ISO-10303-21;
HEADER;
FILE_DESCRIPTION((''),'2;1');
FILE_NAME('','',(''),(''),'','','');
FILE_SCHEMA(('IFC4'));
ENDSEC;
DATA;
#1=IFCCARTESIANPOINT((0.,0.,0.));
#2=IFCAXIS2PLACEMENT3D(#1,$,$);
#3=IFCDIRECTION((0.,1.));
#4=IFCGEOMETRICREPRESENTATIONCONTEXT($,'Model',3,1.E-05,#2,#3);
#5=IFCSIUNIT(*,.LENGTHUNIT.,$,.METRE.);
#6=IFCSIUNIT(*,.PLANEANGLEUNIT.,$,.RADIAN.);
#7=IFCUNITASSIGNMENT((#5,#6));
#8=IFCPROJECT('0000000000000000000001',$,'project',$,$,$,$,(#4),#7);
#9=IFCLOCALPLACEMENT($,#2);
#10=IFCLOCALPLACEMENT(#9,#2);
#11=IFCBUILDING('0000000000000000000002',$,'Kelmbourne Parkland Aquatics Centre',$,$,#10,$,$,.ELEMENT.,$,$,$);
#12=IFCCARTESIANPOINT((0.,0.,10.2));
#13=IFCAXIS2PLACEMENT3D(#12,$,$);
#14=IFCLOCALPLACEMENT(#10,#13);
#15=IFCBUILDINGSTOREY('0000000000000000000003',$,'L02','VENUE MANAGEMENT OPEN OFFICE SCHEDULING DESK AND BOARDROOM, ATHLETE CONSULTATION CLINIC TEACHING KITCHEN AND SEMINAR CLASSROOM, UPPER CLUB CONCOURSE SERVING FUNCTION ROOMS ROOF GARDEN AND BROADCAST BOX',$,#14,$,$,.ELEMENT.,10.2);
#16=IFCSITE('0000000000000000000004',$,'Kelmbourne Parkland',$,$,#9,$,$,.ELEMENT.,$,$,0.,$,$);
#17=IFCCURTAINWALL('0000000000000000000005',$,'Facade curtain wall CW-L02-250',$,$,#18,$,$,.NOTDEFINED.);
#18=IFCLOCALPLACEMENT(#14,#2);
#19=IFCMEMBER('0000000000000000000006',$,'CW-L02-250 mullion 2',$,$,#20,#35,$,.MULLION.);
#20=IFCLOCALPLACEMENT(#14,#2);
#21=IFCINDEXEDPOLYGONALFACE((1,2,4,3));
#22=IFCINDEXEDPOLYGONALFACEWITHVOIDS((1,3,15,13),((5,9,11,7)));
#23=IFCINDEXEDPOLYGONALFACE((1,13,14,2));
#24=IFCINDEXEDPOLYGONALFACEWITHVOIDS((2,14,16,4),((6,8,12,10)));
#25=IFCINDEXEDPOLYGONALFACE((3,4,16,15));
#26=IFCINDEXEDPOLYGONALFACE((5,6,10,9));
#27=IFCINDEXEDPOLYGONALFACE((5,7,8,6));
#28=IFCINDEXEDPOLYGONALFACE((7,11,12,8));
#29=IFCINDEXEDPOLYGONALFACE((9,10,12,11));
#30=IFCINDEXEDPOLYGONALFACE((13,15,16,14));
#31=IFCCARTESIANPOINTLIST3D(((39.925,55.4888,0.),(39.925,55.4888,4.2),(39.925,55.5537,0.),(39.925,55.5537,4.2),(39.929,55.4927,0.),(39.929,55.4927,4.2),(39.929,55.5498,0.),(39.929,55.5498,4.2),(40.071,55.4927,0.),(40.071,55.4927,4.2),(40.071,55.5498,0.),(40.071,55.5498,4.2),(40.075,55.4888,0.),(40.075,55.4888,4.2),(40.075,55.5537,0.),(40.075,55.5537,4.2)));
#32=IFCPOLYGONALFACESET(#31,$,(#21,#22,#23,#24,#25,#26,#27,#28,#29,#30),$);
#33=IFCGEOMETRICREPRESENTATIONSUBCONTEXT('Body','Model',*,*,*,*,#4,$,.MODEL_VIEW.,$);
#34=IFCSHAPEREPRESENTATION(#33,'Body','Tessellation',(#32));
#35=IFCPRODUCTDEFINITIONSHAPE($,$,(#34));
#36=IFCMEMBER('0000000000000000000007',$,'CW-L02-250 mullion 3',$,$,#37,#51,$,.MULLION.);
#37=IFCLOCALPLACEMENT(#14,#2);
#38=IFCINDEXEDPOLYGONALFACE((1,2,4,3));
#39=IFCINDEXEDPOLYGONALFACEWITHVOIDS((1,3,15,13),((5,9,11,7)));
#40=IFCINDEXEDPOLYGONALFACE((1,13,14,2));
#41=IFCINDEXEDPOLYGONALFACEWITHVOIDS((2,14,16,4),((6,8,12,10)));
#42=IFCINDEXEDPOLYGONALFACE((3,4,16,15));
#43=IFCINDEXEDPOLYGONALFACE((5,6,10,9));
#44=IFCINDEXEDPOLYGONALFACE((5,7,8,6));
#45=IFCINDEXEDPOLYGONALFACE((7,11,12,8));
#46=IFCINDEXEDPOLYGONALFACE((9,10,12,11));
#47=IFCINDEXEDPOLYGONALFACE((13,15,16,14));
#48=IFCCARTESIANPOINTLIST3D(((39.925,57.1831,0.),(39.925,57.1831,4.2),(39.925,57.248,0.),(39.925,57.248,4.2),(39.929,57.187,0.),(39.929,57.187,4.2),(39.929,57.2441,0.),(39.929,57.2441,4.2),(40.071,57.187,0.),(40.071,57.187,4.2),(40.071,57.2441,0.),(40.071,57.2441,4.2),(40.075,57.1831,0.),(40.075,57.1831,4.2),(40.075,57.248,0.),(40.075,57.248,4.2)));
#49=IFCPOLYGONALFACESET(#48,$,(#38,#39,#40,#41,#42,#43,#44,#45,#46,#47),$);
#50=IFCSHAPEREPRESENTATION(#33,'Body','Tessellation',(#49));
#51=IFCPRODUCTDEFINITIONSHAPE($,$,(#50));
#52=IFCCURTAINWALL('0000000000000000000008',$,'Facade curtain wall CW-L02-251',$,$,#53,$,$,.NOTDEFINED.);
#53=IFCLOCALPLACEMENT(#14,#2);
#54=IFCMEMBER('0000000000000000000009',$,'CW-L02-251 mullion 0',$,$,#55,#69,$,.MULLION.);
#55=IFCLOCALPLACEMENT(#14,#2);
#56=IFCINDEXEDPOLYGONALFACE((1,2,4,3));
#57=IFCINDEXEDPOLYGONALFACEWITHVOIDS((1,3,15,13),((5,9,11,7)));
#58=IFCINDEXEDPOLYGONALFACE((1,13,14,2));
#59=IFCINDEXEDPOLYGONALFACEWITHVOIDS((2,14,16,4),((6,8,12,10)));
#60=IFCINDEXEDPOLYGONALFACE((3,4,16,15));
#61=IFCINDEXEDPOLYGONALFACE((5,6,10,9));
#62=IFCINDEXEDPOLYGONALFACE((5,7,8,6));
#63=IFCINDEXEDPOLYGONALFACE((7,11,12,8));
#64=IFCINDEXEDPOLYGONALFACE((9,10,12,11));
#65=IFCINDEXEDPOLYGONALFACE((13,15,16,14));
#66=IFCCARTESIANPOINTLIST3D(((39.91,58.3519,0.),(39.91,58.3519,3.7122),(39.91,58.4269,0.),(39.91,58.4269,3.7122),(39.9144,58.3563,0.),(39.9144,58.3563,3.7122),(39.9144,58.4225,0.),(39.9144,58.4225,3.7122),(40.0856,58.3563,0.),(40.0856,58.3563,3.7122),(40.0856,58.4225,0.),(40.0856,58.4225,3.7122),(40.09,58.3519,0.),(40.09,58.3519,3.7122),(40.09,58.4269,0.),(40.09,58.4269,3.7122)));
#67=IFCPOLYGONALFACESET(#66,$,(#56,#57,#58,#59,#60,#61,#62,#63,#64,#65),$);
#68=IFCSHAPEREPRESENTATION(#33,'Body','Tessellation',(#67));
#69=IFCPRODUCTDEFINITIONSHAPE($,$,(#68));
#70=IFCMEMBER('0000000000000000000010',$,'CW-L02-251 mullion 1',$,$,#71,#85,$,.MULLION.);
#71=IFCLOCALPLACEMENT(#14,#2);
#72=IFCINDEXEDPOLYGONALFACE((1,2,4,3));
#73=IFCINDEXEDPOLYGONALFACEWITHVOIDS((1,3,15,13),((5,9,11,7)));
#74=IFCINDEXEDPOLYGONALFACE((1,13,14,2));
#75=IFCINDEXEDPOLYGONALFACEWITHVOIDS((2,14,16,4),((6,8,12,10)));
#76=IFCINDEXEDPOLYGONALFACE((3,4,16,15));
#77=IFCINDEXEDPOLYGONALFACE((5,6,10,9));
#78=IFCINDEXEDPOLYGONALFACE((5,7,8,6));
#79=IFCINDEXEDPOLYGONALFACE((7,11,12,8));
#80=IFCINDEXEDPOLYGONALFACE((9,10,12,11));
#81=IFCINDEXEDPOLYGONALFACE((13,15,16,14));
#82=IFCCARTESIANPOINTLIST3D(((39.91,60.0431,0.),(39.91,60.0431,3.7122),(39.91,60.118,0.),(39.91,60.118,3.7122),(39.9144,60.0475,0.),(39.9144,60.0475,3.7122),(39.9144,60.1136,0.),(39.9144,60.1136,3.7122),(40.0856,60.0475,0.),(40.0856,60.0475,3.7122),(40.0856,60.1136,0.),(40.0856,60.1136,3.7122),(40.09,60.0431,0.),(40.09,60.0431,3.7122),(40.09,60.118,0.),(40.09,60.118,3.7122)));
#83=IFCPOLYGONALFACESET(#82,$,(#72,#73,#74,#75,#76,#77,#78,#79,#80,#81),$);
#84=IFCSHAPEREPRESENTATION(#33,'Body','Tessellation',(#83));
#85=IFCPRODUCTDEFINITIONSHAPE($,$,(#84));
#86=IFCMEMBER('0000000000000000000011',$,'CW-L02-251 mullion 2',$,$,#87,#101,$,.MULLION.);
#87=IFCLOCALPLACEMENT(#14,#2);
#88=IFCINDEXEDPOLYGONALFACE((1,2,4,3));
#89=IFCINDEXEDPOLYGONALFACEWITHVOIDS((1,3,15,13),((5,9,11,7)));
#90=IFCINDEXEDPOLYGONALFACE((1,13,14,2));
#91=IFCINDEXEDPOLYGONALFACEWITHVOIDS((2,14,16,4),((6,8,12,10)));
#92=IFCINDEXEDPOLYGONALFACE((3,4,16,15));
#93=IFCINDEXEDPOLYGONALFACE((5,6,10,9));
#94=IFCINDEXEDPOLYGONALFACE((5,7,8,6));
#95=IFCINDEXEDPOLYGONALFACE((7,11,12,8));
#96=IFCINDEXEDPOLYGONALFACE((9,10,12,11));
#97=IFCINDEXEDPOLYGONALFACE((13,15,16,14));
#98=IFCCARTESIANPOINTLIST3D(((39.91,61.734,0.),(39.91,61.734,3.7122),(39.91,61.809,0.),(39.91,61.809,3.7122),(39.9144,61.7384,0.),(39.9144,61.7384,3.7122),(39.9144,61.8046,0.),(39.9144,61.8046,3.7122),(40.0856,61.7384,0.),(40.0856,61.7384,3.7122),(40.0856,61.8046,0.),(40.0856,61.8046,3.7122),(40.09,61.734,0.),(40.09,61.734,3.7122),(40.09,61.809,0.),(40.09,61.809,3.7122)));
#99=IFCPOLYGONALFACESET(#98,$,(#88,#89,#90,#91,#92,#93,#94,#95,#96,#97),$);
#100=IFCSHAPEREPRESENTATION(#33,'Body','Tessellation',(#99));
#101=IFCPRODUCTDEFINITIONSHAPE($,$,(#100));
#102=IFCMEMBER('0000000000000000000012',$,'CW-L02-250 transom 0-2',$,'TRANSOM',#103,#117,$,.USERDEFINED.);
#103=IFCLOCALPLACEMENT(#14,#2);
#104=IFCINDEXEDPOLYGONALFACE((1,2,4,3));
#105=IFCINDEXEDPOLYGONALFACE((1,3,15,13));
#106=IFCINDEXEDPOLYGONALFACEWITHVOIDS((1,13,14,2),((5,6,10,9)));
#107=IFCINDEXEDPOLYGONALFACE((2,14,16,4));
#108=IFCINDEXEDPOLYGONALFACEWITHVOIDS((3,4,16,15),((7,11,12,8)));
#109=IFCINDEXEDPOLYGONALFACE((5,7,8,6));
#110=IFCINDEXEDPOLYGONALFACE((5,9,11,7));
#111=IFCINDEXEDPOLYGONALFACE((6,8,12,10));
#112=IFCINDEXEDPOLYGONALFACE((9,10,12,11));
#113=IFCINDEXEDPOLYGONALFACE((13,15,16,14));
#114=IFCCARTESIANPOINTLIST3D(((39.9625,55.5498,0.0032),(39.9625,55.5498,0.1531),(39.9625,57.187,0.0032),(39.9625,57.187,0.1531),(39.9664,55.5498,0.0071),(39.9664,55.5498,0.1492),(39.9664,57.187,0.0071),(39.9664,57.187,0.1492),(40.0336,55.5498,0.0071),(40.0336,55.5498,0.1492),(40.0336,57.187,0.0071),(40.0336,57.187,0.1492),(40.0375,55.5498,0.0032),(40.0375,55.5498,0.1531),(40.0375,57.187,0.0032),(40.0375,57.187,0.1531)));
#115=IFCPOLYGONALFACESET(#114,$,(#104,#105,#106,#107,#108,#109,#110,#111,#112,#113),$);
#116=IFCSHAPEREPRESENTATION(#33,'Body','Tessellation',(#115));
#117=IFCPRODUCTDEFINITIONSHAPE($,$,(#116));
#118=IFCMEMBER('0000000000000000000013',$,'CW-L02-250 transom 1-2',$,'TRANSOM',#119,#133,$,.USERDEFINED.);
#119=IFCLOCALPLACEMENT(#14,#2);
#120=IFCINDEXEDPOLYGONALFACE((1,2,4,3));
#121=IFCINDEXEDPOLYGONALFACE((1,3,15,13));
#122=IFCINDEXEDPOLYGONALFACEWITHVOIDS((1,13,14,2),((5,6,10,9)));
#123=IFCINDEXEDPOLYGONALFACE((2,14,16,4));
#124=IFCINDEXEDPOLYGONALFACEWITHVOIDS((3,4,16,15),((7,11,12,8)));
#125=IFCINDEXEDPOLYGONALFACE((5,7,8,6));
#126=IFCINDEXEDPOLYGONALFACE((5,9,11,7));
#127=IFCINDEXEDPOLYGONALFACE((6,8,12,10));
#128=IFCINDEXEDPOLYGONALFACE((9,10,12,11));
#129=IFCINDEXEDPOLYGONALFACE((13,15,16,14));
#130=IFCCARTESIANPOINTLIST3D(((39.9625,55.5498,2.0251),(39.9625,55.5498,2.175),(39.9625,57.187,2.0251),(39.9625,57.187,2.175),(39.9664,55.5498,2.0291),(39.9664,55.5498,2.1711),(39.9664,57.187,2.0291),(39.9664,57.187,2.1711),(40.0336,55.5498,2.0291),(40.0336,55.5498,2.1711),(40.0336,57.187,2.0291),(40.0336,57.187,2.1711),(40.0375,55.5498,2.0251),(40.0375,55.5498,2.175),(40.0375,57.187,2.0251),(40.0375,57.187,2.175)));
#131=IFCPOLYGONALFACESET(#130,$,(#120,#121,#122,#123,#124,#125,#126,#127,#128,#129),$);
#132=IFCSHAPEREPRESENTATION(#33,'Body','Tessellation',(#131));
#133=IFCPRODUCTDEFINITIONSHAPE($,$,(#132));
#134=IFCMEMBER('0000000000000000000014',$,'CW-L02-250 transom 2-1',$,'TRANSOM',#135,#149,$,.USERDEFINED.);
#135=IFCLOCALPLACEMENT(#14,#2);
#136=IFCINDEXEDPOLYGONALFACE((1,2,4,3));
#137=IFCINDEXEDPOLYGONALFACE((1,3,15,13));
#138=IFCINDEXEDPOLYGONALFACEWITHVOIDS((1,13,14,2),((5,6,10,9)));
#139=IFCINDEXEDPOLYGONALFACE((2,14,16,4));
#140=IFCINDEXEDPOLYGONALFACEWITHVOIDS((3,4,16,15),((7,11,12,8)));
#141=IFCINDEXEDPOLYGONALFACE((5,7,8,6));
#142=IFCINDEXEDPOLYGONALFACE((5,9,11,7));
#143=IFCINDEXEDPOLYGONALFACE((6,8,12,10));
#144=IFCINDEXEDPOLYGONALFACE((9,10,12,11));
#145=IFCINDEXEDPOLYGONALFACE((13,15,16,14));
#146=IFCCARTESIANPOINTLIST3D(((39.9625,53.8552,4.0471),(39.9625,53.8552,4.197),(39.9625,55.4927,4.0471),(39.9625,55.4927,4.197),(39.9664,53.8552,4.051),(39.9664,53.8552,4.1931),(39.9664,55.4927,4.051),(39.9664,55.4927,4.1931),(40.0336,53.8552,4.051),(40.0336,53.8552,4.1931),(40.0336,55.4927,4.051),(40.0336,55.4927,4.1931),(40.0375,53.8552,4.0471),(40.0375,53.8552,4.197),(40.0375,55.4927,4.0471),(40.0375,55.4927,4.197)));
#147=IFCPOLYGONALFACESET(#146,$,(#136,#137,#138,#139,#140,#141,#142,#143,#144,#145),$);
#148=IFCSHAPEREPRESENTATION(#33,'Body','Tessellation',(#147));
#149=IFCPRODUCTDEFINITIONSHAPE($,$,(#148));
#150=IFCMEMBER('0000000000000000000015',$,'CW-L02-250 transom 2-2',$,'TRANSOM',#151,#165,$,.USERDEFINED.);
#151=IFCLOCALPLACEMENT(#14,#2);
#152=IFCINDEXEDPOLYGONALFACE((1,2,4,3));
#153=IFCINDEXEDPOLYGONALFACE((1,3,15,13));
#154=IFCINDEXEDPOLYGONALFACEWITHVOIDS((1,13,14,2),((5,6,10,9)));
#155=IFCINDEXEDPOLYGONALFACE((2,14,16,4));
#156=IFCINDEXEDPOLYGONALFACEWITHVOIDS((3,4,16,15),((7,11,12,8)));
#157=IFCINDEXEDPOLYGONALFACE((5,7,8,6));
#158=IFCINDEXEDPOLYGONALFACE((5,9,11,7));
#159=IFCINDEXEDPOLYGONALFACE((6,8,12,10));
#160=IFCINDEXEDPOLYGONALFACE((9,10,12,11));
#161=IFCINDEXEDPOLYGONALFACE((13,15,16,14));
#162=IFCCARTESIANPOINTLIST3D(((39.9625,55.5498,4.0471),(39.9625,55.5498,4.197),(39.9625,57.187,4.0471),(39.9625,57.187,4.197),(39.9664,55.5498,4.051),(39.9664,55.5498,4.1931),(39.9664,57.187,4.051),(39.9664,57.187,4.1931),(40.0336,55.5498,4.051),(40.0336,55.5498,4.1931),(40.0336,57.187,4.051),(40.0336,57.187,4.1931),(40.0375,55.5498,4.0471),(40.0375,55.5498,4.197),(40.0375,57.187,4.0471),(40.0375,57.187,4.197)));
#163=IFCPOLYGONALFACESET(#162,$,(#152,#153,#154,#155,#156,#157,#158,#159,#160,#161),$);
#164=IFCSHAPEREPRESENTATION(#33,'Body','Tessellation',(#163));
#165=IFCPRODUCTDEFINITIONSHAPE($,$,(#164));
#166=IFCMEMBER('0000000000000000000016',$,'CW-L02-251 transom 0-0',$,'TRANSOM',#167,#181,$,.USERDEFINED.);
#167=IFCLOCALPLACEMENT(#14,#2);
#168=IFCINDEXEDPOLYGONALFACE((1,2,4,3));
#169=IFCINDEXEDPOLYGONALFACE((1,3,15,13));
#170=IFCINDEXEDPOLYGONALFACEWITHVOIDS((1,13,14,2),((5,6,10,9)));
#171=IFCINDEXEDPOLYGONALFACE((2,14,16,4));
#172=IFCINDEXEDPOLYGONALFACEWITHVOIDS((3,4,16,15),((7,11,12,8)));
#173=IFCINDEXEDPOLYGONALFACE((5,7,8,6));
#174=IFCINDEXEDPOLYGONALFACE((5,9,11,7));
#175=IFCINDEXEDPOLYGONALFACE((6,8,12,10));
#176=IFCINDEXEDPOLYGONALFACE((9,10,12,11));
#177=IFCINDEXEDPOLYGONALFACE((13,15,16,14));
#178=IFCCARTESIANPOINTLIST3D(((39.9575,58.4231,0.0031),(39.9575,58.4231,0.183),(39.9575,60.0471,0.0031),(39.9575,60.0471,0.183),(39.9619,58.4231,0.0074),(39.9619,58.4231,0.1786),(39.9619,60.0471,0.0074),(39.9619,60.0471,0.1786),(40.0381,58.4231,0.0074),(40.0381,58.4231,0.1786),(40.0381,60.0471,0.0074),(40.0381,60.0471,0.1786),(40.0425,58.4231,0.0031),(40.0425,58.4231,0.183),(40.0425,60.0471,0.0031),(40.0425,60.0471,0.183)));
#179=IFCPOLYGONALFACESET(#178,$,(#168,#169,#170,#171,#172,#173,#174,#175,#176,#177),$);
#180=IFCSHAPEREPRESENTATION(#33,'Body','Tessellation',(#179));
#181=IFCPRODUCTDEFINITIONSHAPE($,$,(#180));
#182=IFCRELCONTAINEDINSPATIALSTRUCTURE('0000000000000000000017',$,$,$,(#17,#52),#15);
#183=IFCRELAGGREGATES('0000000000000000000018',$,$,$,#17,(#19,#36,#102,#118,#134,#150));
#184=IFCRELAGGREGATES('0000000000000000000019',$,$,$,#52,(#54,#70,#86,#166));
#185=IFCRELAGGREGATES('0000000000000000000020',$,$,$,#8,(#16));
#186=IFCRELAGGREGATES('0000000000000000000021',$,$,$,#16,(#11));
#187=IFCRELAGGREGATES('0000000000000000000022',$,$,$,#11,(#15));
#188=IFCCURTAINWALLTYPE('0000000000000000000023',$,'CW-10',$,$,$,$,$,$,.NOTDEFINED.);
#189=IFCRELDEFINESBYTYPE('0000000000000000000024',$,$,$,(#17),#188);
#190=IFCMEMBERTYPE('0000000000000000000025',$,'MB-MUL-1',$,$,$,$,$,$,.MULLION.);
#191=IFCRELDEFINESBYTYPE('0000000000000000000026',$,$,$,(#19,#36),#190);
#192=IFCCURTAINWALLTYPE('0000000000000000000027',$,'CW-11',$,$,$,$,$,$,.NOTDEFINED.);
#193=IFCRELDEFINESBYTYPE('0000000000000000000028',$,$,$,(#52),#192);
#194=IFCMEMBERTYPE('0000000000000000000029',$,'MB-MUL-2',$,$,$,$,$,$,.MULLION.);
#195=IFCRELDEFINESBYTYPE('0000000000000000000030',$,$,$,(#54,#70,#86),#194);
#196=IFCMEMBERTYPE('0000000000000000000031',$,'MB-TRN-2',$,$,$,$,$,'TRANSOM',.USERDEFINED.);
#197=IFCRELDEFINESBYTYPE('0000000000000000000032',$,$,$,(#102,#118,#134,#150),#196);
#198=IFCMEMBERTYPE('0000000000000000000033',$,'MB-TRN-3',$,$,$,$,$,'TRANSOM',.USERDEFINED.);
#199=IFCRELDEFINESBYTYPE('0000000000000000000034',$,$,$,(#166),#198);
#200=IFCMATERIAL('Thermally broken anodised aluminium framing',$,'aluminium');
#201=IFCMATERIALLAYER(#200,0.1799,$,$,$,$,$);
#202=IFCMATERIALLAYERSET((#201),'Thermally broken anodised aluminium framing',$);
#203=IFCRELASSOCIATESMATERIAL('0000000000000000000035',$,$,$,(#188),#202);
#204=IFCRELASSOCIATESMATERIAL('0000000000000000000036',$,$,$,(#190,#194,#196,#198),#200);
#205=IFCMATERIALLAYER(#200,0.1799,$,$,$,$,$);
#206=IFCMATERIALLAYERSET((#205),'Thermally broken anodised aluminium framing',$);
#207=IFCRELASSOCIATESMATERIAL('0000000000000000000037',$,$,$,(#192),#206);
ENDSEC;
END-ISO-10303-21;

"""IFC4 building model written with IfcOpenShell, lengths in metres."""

from ifc_helpers import new_model, si_unit, direction, frame, origin, origin_2d, place, context, subcontext, project, spatial, hollow_rectangle, extrude, material, layer, layer_set, material_profile, profile_set, type_object, element, aggregate, save


model = new_model("IFC4")

# Units and contexts
model_context = context("Model", 3, precision=1e-05, world=origin(), true_north=direction((0.0, 1.0)))
body_context = subcontext(model_context, "Body", "Model", "MODEL_VIEW")
ifc_project = project(units=[si_unit("LENGTHUNIT", "METRE"), si_unit("PLANEANGLEUNIT", "RADIAN")], contexts=[model_context])

# Site, building, storey
site_placement = place(None, origin())
site = spatial("IfcSite", under=ifc_project, at=site_placement, Name="Kelmbourne Parkland", CompositionType="ELEMENT", RefElevation=0.0)
building_placement = place(site_placement, origin())
building = spatial("IfcBuilding", under=site, at=building_placement, Name="Kelmbourne Parkland Aquatics Centre", CompositionType="ELEMENT")
storey_placement = place(building_placement, frame((0.0, 0.0, 10.2)))
storey = spatial("IfcBuildingStorey", under=building, at=storey_placement, Name="L02", Description="VENUE MANAGEMENT OPEN OFFICE SCHEDULING DESK AND BOARDROOM, ATHLETE CONSULTATION CLINIC TEACHING KITCHEN AND SEMINAR CLASSROOM, UPPER CLUB CONCOURSE SERVING FUNCTION ROOMS ROOF GARDEN AND BROADCAST BOX", CompositionType="ELEMENT", Elevation=10.2)

# Curtain walls, members
ifc_material_1 = material(Name="Thermally broken anodised aluminium framing", Category="aluminium")
ifc_layer_1 = layer(ifc_material_1, 0.1799)
ifc_layer_set_1 = layer_set([ifc_layer_1], Name="Thermally broken anodised aluminium framing")
curtain_wall_type_1 = type_object("IfcCurtainWallType", Name="CW-10", PredefinedType="NOTDEFINED", material=ifc_layer_set_1)
curtain_wall_1_placement = place(storey_placement, origin())
curtain_wall_1 = element("IfcCurtainWall", 1, at=curtain_wall_1_placement, inside=storey, type_object=curtain_wall_type_1, Name="Facade curtain wall CW-L02-250", PredefinedType="NOTDEFINED")
ifc_material_profile_1 = material_profile(ifc_material_1, hollow_rectangle(XDim=0.0649, YDim=0.1499, WallThickness=0.0039, at=origin_2d()), Name="CW-M 65x150")
ifc_profile_set_1 = profile_set([ifc_material_profile_1], Name="Thermally broken anodised aluminium framing")
member_type_1 = type_object("IfcMemberType", Name="MB-MUL-1", PredefinedType="MULLION", material=ifc_profile_set_1)
member_1_placement = place(storey_placement, frame((40.0, 55.5212, 0.0), z_axis=(0.0, 0.0, 1.0), x_axis=(0.0, 1.0, 0.0)))
member_1 = element("IfcMember", 2, at=member_1_placement, type_object=member_type_1, Name="CW-L02-250 mullion 2", PredefinedType="MULLION", context=body_context, shape_type="SweptSolid", body=[
    extrude(hollow_rectangle(XDim=0.0649, YDim=0.1499, WallThickness=0.0039, at=origin_2d()), origin(), (0.0, 0.0, 1.0), 4.2),
])
member_2_placement = place(storey_placement, frame((40.0, 57.2156, 0.0), z_axis=(0.0, 0.0, 1.0), x_axis=(0.0, 1.0, 0.0)))
member_2 = element("IfcMember", 3, at=member_2_placement, type_object=member_type_1, Name="CW-L02-250 mullion 3", PredefinedType="MULLION", context=body_context, shape_type="SweptSolid", body=[
    extrude(hollow_rectangle(XDim=0.0649, YDim=0.1499, WallThickness=0.0039, at=origin_2d()), origin(), (0.0, 0.0, 1.0), 4.2),
])
ifc_layer_2 = layer(ifc_material_1, 0.1799)
ifc_layer_set_2 = layer_set([ifc_layer_2], Name="Thermally broken anodised aluminium framing")
curtain_wall_type_2 = type_object("IfcCurtainWallType", Name="CW-11", PredefinedType="NOTDEFINED", material=ifc_layer_set_2)
curtain_wall_2_placement = place(storey_placement, origin())
curtain_wall_2 = element("IfcCurtainWall", 4, at=curtain_wall_2_placement, inside=storey, type_object=curtain_wall_type_2, Name="Facade curtain wall CW-L02-251", PredefinedType="NOTDEFINED")
ifc_material_profile_2 = material_profile(ifc_material_1, hollow_rectangle(XDim=0.075, YDim=0.1799, WallThickness=0.0044, at=origin_2d()), Name="CW-M 75x180")
ifc_profile_set_2 = profile_set([ifc_material_profile_2], Name="Thermally broken anodised aluminium framing")
member_type_2 = type_object("IfcMemberType", Name="MB-MUL-2", PredefinedType="MULLION", material=ifc_profile_set_2)
member_3_placement = place(storey_placement, frame((40.0, 58.3894, 0.0), z_axis=(0.0, 0.0, 1.0), x_axis=(0.0, 1.0, 0.0)))
member_3 = element("IfcMember", 5, at=member_3_placement, type_object=member_type_2, Name="CW-L02-251 mullion 0", PredefinedType="MULLION", context=body_context, shape_type="SweptSolid", body=[
    extrude(hollow_rectangle(XDim=0.075, YDim=0.1799, WallThickness=0.0044, at=origin_2d()), origin(), (0.0, 0.0, 1.0), 3.7122),
])
member_4_placement = place(storey_placement, frame((40.0, 60.0806, 0.0), z_axis=(0.0, 0.0, 1.0), x_axis=(0.0, 1.0, 0.0)))
member_4 = element("IfcMember", 6, at=member_4_placement, type_object=member_type_2, Name="CW-L02-251 mullion 1", PredefinedType="MULLION", context=body_context, shape_type="SweptSolid", body=[
    extrude(hollow_rectangle(XDim=0.075, YDim=0.1799, WallThickness=0.0044, at=origin_2d()), origin(), (0.0, 0.0, 1.0), 3.7122),
])
member_5_placement = place(storey_placement, frame((40.0, 61.7715, 0.0), z_axis=(0.0, 0.0, 1.0), x_axis=(0.0, 1.0, 0.0)))
member_5 = element("IfcMember", 7, at=member_5_placement, type_object=member_type_2, Name="CW-L02-251 mullion 2", PredefinedType="MULLION", context=body_context, shape_type="SweptSolid", body=[
    extrude(hollow_rectangle(XDim=0.075, YDim=0.1799, WallThickness=0.0044, at=origin_2d()), origin(), (0.0, 0.0, 1.0), 3.7122),
])

# Members
ifc_material_profile_3 = material_profile(ifc_material_1, hollow_rectangle(XDim=0.075, YDim=0.1499, WallThickness=0.0039, at=origin_2d()), Name="CW-T 75x150")
ifc_profile_set_3 = profile_set([ifc_material_profile_3], Name="Thermally broken anodised aluminium framing")
member_type_3 = type_object("IfcMemberType", Name="MB-TRN-2", ElementType="TRANSOM", PredefinedType="USERDEFINED", material=ifc_profile_set_3)
member_6_placement = place(storey_placement, frame((40.0, 55.5498, 0.0781), z_axis=(0.0, 1.0, 0.0), x_axis=(-1.0, 0.0, 0.0)))
member_6 = element("IfcMember", 8, at=member_6_placement, type_object=member_type_3, Name="CW-L02-250 transom 0-2", ObjectType="TRANSOM", PredefinedType="USERDEFINED", context=body_context, shape_type="SweptSolid", body=[
    extrude(hollow_rectangle(XDim=0.075, YDim=0.1499, WallThickness=0.0039, at=origin_2d()), origin(), (0.0, 0.0, 1.0), 1.6372),
])
member_7_placement = place(storey_placement, frame((40.0, 55.5498, 2.1001), z_axis=(0.0, 1.0, 0.0), x_axis=(-1.0, 0.0, 0.0)))
member_7 = element("IfcMember", 9, at=member_7_placement, type_object=member_type_3, Name="CW-L02-250 transom 1-2", ObjectType="TRANSOM", PredefinedType="USERDEFINED", context=body_context, shape_type="SweptSolid", body=[
    extrude(hollow_rectangle(XDim=0.075, YDim=0.1499, WallThickness=0.0039, at=origin_2d()), origin(), (0.0, 0.0, 1.0), 1.6372),
])
member_8_placement = place(storey_placement, frame((40.0, 53.8552, 4.1221), z_axis=(0.0, 1.0, 0.0), x_axis=(-1.0, 0.0, 0.0)))
member_8 = element("IfcMember", 10, at=member_8_placement, type_object=member_type_3, Name="CW-L02-250 transom 2-1", ObjectType="TRANSOM", PredefinedType="USERDEFINED", context=body_context, shape_type="SweptSolid", body=[
    extrude(hollow_rectangle(XDim=0.075, YDim=0.1499, WallThickness=0.0039, at=origin_2d()), origin(), (0.0, 0.0, 1.0), 1.6375),
])
member_9_placement = place(storey_placement, frame((40.0, 55.5498, 4.1221), z_axis=(0.0, 1.0, 0.0), x_axis=(-1.0, 0.0, 0.0)))
member_9 = element("IfcMember", 11, at=member_9_placement, type_object=member_type_3, Name="CW-L02-250 transom 2-2", ObjectType="TRANSOM", PredefinedType="USERDEFINED", context=body_context, shape_type="SweptSolid", body=[
    extrude(hollow_rectangle(XDim=0.075, YDim=0.1499, WallThickness=0.0039, at=origin_2d()), origin(), (0.0, 0.0, 1.0), 1.6372),
])
ifc_material_profile_4 = material_profile(ifc_material_1, hollow_rectangle(XDim=0.085, YDim=0.1799, WallThickness=0.0044, at=origin_2d()), Name="CW-T 85x180")
ifc_profile_set_4 = profile_set([ifc_material_profile_4], Name="Thermally broken anodised aluminium framing")
member_type_4 = type_object("IfcMemberType", Name="MB-TRN-3", ElementType="TRANSOM", PredefinedType="USERDEFINED", material=ifc_profile_set_4)
member_10_placement = place(storey_placement, frame((40.0, 58.4231, 0.093), z_axis=(0.0, 1.0, 0.0), x_axis=(-1.0, 0.0, 0.0)))
member_10 = element("IfcMember", 12, at=member_10_placement, type_object=member_type_4, Name="CW-L02-251 transom 0-0", ObjectType="TRANSOM", PredefinedType="USERDEFINED", context=body_context, shape_type="SweptSolid", body=[
    extrude(hollow_rectangle(XDim=0.085, YDim=0.1799, WallThickness=0.0044, at=origin_2d()), origin(), (0.0, 0.0, 1.0), 1.624),
])

aggregate(curtain_wall_1, [member_1, member_2, member_6, member_7, member_8, member_9])
aggregate(curtain_wall_2, [member_3, member_4, member_5, member_10])

save(model, "model.ifc")
